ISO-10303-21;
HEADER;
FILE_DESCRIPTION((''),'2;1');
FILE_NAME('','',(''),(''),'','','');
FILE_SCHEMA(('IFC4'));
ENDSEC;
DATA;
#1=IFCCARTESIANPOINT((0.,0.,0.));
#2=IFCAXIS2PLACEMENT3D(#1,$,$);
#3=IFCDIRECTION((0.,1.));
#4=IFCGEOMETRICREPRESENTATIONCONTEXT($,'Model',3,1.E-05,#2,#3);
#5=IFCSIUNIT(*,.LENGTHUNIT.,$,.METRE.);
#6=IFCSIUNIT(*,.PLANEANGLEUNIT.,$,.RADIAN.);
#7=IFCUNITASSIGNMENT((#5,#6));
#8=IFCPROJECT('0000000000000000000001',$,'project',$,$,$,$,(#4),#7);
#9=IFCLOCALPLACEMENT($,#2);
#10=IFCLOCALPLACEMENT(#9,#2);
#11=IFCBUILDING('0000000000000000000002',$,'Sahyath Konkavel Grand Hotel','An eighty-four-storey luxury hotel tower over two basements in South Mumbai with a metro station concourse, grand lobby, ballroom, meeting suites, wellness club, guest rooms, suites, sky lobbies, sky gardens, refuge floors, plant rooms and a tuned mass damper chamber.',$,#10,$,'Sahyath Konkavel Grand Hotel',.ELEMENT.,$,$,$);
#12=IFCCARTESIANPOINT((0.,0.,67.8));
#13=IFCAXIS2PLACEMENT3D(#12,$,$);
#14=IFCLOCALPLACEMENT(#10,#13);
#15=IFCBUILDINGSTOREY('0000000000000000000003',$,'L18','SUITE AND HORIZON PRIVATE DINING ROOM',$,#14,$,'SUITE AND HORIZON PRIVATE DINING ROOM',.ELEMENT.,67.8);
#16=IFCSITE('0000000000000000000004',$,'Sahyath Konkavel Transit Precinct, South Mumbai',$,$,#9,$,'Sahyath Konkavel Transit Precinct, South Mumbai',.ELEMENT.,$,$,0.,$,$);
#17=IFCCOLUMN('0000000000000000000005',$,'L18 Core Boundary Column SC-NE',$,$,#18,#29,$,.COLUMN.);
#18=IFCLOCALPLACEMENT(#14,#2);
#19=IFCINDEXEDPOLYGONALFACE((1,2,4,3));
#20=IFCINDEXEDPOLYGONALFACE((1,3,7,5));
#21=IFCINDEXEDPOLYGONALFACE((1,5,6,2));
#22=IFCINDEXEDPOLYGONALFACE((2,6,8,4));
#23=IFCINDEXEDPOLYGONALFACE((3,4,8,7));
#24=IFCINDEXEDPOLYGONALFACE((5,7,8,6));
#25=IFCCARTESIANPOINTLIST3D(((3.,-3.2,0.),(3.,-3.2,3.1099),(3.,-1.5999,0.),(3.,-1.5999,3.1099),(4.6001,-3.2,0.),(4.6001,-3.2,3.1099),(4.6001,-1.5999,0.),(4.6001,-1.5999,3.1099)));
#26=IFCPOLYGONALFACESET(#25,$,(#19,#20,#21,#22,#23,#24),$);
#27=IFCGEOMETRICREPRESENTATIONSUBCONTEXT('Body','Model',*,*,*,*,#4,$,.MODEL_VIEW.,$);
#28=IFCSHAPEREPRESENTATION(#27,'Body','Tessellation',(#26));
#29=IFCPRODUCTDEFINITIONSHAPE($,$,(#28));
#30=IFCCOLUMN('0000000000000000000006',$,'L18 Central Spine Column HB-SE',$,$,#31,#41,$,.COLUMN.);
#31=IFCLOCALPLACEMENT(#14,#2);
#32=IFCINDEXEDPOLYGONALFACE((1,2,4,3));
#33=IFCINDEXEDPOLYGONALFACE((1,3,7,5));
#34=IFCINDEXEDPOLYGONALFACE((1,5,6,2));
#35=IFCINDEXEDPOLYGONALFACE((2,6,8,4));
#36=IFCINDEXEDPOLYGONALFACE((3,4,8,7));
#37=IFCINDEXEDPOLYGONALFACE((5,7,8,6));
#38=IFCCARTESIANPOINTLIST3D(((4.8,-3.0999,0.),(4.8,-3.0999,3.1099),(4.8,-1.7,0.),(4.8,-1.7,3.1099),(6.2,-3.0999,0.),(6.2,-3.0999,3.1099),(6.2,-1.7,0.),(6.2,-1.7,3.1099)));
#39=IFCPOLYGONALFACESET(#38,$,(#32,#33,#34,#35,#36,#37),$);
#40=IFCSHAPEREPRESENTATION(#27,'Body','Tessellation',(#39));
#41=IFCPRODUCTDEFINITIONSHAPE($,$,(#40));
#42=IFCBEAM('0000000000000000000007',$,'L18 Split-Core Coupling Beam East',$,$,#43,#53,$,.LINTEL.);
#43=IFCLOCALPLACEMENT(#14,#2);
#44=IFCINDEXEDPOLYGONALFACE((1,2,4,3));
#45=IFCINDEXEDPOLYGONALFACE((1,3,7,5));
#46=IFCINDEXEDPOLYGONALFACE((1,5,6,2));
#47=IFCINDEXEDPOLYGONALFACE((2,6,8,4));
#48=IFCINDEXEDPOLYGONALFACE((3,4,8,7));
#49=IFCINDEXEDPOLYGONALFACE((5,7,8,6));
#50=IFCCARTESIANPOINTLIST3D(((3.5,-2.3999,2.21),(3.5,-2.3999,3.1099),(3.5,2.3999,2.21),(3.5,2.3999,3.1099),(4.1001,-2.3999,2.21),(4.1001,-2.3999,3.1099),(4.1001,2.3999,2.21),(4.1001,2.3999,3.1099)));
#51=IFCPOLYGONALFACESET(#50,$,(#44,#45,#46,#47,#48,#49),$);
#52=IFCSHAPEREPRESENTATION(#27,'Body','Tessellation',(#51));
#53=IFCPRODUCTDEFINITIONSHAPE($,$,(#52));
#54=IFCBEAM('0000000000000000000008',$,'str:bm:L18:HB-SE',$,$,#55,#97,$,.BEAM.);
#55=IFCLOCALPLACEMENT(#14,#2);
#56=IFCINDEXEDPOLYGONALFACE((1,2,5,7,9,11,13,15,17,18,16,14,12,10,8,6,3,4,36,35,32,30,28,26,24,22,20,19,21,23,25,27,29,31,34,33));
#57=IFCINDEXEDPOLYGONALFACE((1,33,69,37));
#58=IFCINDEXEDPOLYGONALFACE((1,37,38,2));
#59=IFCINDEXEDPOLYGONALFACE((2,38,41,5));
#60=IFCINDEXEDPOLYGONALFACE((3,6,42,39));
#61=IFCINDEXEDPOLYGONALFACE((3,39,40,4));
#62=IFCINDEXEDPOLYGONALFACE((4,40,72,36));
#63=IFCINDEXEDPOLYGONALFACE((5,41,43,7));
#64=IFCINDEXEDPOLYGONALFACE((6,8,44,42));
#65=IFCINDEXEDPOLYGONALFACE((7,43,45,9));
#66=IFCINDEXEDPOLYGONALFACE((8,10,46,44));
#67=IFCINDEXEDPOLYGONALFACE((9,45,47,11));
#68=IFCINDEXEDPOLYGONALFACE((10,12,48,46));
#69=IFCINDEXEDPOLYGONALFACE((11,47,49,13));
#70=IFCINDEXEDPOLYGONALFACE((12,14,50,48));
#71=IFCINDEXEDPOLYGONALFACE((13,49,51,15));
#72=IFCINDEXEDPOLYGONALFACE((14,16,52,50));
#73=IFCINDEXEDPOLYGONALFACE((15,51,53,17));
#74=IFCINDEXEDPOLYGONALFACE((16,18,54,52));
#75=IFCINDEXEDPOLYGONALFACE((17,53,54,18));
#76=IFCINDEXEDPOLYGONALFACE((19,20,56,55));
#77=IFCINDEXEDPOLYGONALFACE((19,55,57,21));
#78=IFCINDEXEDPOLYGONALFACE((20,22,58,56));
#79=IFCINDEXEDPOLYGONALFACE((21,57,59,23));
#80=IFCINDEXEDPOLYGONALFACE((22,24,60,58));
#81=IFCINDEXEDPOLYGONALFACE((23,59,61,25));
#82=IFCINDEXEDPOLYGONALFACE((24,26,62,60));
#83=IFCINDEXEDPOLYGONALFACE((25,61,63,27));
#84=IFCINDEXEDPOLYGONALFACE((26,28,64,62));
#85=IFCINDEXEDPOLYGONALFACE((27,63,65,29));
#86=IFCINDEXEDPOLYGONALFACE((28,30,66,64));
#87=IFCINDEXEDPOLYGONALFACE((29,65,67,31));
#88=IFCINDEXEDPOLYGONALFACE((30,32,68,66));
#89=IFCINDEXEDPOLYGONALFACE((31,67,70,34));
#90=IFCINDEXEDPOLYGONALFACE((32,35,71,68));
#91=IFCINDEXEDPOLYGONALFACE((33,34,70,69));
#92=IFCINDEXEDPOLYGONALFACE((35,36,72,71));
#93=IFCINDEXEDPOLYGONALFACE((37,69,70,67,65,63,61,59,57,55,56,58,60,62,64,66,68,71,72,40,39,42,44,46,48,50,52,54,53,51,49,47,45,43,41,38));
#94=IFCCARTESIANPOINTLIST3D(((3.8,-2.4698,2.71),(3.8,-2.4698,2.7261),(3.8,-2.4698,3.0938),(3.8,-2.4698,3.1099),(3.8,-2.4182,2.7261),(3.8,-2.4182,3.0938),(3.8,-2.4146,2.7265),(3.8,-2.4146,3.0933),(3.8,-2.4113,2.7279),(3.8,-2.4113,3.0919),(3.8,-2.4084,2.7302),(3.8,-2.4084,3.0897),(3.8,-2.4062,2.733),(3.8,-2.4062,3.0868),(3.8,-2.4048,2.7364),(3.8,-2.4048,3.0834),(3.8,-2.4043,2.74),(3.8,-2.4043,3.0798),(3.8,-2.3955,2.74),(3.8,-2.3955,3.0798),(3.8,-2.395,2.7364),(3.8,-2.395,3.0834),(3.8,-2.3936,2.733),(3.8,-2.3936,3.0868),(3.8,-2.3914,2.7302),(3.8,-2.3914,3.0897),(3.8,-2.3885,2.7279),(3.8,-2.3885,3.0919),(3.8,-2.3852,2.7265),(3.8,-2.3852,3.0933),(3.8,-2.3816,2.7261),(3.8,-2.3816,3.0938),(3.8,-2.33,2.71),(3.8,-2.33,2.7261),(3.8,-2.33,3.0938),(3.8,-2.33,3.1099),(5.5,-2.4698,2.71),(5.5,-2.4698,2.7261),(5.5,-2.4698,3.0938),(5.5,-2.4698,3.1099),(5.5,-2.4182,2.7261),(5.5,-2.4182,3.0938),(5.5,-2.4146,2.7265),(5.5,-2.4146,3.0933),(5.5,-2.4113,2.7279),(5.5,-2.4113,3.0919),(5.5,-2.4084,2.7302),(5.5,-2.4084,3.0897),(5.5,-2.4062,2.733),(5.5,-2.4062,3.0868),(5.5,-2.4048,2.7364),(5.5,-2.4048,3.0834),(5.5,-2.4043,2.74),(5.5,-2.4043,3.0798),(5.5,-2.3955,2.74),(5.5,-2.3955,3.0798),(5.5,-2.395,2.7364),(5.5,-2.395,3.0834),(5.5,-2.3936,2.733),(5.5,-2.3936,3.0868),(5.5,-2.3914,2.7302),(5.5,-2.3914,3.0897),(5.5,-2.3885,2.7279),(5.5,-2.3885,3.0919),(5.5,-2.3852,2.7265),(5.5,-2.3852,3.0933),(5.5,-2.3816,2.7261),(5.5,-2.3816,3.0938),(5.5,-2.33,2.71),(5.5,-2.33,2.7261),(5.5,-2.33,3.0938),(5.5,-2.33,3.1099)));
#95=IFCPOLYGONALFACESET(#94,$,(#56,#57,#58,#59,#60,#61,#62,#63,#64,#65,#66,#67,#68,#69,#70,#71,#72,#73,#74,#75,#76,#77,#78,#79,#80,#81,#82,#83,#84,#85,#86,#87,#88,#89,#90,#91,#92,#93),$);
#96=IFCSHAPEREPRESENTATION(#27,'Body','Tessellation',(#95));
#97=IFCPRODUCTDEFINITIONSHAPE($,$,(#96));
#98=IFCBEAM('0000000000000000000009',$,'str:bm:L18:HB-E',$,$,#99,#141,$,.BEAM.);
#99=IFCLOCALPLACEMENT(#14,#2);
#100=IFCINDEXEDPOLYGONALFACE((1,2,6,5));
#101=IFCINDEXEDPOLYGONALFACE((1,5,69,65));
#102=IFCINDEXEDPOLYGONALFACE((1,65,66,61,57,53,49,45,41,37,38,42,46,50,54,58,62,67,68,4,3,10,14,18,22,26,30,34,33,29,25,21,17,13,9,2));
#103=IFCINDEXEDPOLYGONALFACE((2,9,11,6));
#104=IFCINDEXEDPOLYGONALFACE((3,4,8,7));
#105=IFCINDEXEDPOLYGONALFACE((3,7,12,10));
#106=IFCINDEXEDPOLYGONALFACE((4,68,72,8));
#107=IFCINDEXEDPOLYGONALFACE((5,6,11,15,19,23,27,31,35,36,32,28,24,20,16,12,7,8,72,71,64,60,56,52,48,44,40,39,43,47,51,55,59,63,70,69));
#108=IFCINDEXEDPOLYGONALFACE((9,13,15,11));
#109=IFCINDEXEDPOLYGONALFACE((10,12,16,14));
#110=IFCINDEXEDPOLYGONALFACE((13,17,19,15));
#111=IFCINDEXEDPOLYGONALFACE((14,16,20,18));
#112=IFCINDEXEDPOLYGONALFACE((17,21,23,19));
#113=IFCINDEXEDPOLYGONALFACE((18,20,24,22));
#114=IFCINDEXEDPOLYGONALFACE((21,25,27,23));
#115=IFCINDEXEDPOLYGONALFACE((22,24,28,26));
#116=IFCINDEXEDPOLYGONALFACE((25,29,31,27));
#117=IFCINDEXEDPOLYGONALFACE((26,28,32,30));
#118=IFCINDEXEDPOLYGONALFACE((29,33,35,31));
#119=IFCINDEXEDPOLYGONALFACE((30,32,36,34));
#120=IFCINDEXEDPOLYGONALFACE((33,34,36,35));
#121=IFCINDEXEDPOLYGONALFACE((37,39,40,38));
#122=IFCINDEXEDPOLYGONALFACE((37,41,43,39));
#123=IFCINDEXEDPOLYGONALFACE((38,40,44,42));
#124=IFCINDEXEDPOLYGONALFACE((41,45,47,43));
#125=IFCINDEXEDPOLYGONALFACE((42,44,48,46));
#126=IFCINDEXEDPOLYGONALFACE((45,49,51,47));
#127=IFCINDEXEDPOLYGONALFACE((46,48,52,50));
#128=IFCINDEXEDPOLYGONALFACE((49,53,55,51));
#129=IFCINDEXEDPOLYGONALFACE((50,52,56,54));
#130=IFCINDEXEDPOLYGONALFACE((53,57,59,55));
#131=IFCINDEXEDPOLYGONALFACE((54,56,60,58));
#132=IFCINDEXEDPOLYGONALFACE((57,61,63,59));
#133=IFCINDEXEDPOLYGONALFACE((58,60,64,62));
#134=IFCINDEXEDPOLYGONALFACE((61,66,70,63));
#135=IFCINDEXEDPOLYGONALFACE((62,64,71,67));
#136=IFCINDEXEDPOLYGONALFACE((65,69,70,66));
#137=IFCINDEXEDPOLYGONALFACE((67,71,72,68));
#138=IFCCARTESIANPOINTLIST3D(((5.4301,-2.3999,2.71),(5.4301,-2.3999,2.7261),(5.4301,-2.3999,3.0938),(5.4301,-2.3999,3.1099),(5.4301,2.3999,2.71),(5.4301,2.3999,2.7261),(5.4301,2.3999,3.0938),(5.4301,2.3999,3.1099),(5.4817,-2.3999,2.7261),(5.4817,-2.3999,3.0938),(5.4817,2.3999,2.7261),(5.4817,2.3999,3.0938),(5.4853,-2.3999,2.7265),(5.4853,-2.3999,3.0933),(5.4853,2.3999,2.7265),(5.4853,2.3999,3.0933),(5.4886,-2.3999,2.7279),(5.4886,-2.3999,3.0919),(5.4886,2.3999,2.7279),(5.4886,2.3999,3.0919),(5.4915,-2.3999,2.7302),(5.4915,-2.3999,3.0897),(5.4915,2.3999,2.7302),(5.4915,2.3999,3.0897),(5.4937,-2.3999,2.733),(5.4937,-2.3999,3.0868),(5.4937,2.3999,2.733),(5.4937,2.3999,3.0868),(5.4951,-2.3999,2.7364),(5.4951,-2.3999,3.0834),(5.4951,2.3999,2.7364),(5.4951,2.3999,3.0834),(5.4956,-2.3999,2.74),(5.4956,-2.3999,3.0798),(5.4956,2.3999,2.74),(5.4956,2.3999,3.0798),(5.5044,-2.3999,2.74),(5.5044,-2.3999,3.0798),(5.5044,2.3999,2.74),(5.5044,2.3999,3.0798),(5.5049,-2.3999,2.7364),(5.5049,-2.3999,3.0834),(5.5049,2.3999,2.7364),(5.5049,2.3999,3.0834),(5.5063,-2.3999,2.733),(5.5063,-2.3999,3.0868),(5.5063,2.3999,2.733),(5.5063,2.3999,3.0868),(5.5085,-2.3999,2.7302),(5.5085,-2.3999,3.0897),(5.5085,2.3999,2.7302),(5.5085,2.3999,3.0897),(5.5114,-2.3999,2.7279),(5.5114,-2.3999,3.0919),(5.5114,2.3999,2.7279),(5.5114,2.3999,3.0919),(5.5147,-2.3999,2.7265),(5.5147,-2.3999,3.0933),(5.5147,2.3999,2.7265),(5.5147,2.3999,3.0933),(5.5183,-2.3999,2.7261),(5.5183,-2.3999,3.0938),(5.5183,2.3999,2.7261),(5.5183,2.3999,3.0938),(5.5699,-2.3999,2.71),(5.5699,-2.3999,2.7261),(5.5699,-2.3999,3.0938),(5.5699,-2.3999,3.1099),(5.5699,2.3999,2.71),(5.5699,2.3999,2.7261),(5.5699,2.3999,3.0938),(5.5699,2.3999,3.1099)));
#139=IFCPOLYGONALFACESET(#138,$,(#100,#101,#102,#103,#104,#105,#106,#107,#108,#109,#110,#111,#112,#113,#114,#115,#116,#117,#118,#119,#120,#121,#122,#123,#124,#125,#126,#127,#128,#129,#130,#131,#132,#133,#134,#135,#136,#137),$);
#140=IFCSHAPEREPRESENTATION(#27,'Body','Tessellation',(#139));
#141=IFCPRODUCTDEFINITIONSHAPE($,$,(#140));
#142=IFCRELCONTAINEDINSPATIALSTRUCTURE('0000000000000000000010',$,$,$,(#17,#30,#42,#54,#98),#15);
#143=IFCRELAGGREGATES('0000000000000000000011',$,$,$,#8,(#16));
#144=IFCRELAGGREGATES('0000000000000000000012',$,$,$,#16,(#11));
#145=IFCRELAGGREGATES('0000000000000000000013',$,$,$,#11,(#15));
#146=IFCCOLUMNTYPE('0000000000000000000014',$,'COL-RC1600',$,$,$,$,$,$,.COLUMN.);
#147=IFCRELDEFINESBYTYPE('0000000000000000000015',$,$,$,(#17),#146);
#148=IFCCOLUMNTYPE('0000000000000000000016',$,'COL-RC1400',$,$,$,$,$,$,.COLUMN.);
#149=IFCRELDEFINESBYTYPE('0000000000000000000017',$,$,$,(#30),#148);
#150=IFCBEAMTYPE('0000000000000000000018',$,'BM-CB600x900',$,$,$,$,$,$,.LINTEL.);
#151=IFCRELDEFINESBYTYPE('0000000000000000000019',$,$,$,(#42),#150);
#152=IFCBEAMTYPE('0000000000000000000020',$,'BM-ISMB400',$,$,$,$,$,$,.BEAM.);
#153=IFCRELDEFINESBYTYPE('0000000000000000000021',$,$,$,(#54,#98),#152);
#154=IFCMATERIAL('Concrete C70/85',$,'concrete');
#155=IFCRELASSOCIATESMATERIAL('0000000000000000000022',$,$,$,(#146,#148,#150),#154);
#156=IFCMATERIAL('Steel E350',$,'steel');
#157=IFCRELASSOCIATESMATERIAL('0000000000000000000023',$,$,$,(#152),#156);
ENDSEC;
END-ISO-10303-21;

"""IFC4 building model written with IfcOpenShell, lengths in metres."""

from ifc_helpers import new_model, si_unit, direction, frame, origin, origin_2d, place, context, subcontext, project, spatial, rectangle, i_section, extrude, source, transform, mapped, material, material_profile, profile_set, type_object, element, save


model = new_model("IFC4")

# Units and contexts
model_context = context("Model", 3, precision=1e-05, world=origin(), true_north=direction((0.0, 1.0)))
body_context = subcontext(model_context, "Body", "Model", "MODEL_VIEW")
ifc_project = project(units=[si_unit("LENGTHUNIT", "METRE"), si_unit("PLANEANGLEUNIT", "RADIAN")], contexts=[model_context])

# Site, building, storey
site_placement = place(None, origin())
site = spatial("IfcSite", under=ifc_project, at=site_placement, Name="Sahyath Konkavel Transit Precinct, South Mumbai", LongName="Sahyath Konkavel Transit Precinct, South Mumbai", CompositionType="ELEMENT", RefElevation=0.0)
building_placement = place(site_placement, origin())
building = spatial("IfcBuilding", under=site, at=building_placement, Name="Sahyath Konkavel Grand Hotel", Description="An eighty-four-storey luxury hotel tower over two basements in South Mumbai with a metro station concourse, grand lobby, ballroom, meeting suites, wellness club, guest rooms, suites, sky lobbies, sky gardens, refuge floors, plant rooms and a tuned mass damper chamber.", LongName="Sahyath Konkavel Grand Hotel", CompositionType="ELEMENT")
storey_placement = place(building_placement, frame((0.0, 0.0, 67.8)))
storey = spatial("IfcBuildingStorey", under=building, at=storey_placement, Name="L18", Description="SUITE AND HORIZON PRIVATE DINING ROOM", LongName="SUITE AND HORIZON PRIVATE DINING ROOM", CompositionType="ELEMENT", Elevation=67.8)

# Columns
ifc_material_1 = material(Name="Concrete C70/85", Category="concrete")
ifc_material_profile_1 = material_profile(ifc_material_1, rectangle(XDim=1.6001, YDim=1.6001, at=origin_2d()), Name="RC 1600x1600")
ifc_profile_set_1 = profile_set([ifc_material_profile_1], Name="Concrete C70/85")
column_type_1 = type_object("IfcColumnType", Name="COL-RC1600", PredefinedType="COLUMN", material=ifc_profile_set_1)
shared_shape_1 = source(origin(), body_context, "Body", "SweptSolid", [
    extrude(rectangle(XDim=1.6001, YDim=1.6001, at=origin_2d()), origin(), (0.0, 0.0, 1.0), 3.1099),
])
column_1_placement = place(storey_placement, frame((3.8, -2.3999, 0.0), z_axis=(0.0, 0.0, 1.0), x_axis=(1.0, 0.0, 0.0)))
element("IfcColumn", 1, at=column_1_placement, inside=storey, type_object=column_type_1, Name="L18 Core Boundary Column SC-NE", PredefinedType="COLUMN", context=body_context, shape_type="MappedRepresentation", body=[
    mapped(shared_shape_1, transform((0.0, 0.0, 0.0), scale=1.0)),
])
ifc_material_profile_2 = material_profile(ifc_material_1, rectangle(XDim=1.3999, YDim=1.3999, at=origin_2d()), Name="RC 1400x1400")
ifc_profile_set_2 = profile_set([ifc_material_profile_2], Name="Concrete C70/85")
column_type_2 = type_object("IfcColumnType", Name="COL-RC1400", PredefinedType="COLUMN", material=ifc_profile_set_2)
shared_shape_2 = source(origin(), body_context, "Body", "SweptSolid", [
    extrude(rectangle(XDim=1.3999, YDim=1.3999, at=origin_2d()), origin(), (0.0, 0.0, 1.0), 3.1099),
])
column_2_placement = place(storey_placement, frame((5.5, -2.3999, 0.0), z_axis=(0.0, 0.0, 1.0), x_axis=(1.0, 0.0, 0.0)))
element("IfcColumn", 2, at=column_2_placement, inside=storey, type_object=column_type_2, Name="L18 Central Spine Column HB-SE", PredefinedType="COLUMN", context=body_context, shape_type="MappedRepresentation", body=[
    mapped(shared_shape_2, transform((0.0, 0.0, 0.0), scale=1.0)),
])

# Beams
ifc_material_profile_3 = material_profile(ifc_material_1, rectangle(XDim=0.6001, YDim=0.8999, at=origin_2d()), Name="RC 600x900")
ifc_profile_set_3 = profile_set([ifc_material_profile_3], Name="Concrete C70/85")
beam_type_1 = type_object("IfcBeamType", Name="BM-CB600x900", PredefinedType="LINTEL", material=ifc_profile_set_3)
shared_shape_3 = source(origin(), body_context, "Body", "SweptSolid", [
    extrude(rectangle(XDim=0.6001, YDim=0.8999, at=origin_2d()), origin(), (0.0, 0.0, 1.0), 4.7998),
])
beam_1_placement = place(storey_placement, frame((3.8, -2.3999, 2.6599), z_axis=(0.0, 1.0, 0.0), x_axis=(-1.0, 0.0, 0.0)))
element("IfcBeam", 3, at=beam_1_placement, inside=storey, type_object=beam_type_1, Name="L18 Split-Core Coupling Beam East", PredefinedType="LINTEL", context=body_context, shape_type="MappedRepresentation", body=[
    mapped(shared_shape_3, transform((0.0, 0.0, 0.0), scale=1.0)),
])
ifc_material_2 = material(Name="Steel E350", Category="steel")
ifc_material_profile_4 = material_profile(ifc_material_2, i_section(OverallWidth=0.1399, OverallDepth=0.3999, WebThickness=0.0088, FlangeThickness=0.0161, FilletRadius=0.0139, at=origin_2d()), Name="ISMB 400")
ifc_profile_set_4 = profile_set([ifc_material_profile_4], Name="Steel E350")
beam_type_2 = type_object("IfcBeamType", Name="BM-ISMB400", PredefinedType="BEAM", material=ifc_profile_set_4)
shared_shape_4 = source(origin(), body_context, "Body", "SweptSolid", [
    extrude(i_section(OverallWidth=0.1399, OverallDepth=0.3999, WebThickness=0.0088, FlangeThickness=0.0161, FilletRadius=0.0139, at=origin_2d()), origin(), (0.0, 0.0, 1.0), 1.7),
])
beam_2_placement = place(storey_placement, frame((3.8, -2.3999, 2.9099), z_axis=(1.0, 0.0, 0.0), x_axis=(0.0, 1.0, 0.0)))
element("IfcBeam", 4, at=beam_2_placement, inside=storey, type_object=beam_type_2, Name="str:bm:L18:HB-SE", PredefinedType="BEAM", context=body_context, shape_type="MappedRepresentation", body=[
    mapped(shared_shape_4, transform((0.0, 0.0, 0.0), scale=1.0)),
])
shared_shape_5 = source(origin(), body_context, "Body", "SweptSolid", [
    extrude(i_section(OverallWidth=0.1399, OverallDepth=0.3999, WebThickness=0.0088, FlangeThickness=0.0161, FilletRadius=0.0139, at=origin_2d()), origin(), (0.0, 0.0, 1.0), 4.7998),
])
beam_3_placement = place(storey_placement, frame((5.5, -2.3999, 2.9099), z_axis=(0.0, 1.0, 0.0), x_axis=(-1.0, 0.0, 0.0)))
element("IfcBeam", 5, at=beam_3_placement, inside=storey, type_object=beam_type_2, Name="str:bm:L18:HB-E", PredefinedType="BEAM", context=body_context, shape_type="MappedRepresentation", body=[
    mapped(shared_shape_5, transform((0.0, 0.0, 0.0), scale=1.0)),
])

save(model, "model.ifc")
